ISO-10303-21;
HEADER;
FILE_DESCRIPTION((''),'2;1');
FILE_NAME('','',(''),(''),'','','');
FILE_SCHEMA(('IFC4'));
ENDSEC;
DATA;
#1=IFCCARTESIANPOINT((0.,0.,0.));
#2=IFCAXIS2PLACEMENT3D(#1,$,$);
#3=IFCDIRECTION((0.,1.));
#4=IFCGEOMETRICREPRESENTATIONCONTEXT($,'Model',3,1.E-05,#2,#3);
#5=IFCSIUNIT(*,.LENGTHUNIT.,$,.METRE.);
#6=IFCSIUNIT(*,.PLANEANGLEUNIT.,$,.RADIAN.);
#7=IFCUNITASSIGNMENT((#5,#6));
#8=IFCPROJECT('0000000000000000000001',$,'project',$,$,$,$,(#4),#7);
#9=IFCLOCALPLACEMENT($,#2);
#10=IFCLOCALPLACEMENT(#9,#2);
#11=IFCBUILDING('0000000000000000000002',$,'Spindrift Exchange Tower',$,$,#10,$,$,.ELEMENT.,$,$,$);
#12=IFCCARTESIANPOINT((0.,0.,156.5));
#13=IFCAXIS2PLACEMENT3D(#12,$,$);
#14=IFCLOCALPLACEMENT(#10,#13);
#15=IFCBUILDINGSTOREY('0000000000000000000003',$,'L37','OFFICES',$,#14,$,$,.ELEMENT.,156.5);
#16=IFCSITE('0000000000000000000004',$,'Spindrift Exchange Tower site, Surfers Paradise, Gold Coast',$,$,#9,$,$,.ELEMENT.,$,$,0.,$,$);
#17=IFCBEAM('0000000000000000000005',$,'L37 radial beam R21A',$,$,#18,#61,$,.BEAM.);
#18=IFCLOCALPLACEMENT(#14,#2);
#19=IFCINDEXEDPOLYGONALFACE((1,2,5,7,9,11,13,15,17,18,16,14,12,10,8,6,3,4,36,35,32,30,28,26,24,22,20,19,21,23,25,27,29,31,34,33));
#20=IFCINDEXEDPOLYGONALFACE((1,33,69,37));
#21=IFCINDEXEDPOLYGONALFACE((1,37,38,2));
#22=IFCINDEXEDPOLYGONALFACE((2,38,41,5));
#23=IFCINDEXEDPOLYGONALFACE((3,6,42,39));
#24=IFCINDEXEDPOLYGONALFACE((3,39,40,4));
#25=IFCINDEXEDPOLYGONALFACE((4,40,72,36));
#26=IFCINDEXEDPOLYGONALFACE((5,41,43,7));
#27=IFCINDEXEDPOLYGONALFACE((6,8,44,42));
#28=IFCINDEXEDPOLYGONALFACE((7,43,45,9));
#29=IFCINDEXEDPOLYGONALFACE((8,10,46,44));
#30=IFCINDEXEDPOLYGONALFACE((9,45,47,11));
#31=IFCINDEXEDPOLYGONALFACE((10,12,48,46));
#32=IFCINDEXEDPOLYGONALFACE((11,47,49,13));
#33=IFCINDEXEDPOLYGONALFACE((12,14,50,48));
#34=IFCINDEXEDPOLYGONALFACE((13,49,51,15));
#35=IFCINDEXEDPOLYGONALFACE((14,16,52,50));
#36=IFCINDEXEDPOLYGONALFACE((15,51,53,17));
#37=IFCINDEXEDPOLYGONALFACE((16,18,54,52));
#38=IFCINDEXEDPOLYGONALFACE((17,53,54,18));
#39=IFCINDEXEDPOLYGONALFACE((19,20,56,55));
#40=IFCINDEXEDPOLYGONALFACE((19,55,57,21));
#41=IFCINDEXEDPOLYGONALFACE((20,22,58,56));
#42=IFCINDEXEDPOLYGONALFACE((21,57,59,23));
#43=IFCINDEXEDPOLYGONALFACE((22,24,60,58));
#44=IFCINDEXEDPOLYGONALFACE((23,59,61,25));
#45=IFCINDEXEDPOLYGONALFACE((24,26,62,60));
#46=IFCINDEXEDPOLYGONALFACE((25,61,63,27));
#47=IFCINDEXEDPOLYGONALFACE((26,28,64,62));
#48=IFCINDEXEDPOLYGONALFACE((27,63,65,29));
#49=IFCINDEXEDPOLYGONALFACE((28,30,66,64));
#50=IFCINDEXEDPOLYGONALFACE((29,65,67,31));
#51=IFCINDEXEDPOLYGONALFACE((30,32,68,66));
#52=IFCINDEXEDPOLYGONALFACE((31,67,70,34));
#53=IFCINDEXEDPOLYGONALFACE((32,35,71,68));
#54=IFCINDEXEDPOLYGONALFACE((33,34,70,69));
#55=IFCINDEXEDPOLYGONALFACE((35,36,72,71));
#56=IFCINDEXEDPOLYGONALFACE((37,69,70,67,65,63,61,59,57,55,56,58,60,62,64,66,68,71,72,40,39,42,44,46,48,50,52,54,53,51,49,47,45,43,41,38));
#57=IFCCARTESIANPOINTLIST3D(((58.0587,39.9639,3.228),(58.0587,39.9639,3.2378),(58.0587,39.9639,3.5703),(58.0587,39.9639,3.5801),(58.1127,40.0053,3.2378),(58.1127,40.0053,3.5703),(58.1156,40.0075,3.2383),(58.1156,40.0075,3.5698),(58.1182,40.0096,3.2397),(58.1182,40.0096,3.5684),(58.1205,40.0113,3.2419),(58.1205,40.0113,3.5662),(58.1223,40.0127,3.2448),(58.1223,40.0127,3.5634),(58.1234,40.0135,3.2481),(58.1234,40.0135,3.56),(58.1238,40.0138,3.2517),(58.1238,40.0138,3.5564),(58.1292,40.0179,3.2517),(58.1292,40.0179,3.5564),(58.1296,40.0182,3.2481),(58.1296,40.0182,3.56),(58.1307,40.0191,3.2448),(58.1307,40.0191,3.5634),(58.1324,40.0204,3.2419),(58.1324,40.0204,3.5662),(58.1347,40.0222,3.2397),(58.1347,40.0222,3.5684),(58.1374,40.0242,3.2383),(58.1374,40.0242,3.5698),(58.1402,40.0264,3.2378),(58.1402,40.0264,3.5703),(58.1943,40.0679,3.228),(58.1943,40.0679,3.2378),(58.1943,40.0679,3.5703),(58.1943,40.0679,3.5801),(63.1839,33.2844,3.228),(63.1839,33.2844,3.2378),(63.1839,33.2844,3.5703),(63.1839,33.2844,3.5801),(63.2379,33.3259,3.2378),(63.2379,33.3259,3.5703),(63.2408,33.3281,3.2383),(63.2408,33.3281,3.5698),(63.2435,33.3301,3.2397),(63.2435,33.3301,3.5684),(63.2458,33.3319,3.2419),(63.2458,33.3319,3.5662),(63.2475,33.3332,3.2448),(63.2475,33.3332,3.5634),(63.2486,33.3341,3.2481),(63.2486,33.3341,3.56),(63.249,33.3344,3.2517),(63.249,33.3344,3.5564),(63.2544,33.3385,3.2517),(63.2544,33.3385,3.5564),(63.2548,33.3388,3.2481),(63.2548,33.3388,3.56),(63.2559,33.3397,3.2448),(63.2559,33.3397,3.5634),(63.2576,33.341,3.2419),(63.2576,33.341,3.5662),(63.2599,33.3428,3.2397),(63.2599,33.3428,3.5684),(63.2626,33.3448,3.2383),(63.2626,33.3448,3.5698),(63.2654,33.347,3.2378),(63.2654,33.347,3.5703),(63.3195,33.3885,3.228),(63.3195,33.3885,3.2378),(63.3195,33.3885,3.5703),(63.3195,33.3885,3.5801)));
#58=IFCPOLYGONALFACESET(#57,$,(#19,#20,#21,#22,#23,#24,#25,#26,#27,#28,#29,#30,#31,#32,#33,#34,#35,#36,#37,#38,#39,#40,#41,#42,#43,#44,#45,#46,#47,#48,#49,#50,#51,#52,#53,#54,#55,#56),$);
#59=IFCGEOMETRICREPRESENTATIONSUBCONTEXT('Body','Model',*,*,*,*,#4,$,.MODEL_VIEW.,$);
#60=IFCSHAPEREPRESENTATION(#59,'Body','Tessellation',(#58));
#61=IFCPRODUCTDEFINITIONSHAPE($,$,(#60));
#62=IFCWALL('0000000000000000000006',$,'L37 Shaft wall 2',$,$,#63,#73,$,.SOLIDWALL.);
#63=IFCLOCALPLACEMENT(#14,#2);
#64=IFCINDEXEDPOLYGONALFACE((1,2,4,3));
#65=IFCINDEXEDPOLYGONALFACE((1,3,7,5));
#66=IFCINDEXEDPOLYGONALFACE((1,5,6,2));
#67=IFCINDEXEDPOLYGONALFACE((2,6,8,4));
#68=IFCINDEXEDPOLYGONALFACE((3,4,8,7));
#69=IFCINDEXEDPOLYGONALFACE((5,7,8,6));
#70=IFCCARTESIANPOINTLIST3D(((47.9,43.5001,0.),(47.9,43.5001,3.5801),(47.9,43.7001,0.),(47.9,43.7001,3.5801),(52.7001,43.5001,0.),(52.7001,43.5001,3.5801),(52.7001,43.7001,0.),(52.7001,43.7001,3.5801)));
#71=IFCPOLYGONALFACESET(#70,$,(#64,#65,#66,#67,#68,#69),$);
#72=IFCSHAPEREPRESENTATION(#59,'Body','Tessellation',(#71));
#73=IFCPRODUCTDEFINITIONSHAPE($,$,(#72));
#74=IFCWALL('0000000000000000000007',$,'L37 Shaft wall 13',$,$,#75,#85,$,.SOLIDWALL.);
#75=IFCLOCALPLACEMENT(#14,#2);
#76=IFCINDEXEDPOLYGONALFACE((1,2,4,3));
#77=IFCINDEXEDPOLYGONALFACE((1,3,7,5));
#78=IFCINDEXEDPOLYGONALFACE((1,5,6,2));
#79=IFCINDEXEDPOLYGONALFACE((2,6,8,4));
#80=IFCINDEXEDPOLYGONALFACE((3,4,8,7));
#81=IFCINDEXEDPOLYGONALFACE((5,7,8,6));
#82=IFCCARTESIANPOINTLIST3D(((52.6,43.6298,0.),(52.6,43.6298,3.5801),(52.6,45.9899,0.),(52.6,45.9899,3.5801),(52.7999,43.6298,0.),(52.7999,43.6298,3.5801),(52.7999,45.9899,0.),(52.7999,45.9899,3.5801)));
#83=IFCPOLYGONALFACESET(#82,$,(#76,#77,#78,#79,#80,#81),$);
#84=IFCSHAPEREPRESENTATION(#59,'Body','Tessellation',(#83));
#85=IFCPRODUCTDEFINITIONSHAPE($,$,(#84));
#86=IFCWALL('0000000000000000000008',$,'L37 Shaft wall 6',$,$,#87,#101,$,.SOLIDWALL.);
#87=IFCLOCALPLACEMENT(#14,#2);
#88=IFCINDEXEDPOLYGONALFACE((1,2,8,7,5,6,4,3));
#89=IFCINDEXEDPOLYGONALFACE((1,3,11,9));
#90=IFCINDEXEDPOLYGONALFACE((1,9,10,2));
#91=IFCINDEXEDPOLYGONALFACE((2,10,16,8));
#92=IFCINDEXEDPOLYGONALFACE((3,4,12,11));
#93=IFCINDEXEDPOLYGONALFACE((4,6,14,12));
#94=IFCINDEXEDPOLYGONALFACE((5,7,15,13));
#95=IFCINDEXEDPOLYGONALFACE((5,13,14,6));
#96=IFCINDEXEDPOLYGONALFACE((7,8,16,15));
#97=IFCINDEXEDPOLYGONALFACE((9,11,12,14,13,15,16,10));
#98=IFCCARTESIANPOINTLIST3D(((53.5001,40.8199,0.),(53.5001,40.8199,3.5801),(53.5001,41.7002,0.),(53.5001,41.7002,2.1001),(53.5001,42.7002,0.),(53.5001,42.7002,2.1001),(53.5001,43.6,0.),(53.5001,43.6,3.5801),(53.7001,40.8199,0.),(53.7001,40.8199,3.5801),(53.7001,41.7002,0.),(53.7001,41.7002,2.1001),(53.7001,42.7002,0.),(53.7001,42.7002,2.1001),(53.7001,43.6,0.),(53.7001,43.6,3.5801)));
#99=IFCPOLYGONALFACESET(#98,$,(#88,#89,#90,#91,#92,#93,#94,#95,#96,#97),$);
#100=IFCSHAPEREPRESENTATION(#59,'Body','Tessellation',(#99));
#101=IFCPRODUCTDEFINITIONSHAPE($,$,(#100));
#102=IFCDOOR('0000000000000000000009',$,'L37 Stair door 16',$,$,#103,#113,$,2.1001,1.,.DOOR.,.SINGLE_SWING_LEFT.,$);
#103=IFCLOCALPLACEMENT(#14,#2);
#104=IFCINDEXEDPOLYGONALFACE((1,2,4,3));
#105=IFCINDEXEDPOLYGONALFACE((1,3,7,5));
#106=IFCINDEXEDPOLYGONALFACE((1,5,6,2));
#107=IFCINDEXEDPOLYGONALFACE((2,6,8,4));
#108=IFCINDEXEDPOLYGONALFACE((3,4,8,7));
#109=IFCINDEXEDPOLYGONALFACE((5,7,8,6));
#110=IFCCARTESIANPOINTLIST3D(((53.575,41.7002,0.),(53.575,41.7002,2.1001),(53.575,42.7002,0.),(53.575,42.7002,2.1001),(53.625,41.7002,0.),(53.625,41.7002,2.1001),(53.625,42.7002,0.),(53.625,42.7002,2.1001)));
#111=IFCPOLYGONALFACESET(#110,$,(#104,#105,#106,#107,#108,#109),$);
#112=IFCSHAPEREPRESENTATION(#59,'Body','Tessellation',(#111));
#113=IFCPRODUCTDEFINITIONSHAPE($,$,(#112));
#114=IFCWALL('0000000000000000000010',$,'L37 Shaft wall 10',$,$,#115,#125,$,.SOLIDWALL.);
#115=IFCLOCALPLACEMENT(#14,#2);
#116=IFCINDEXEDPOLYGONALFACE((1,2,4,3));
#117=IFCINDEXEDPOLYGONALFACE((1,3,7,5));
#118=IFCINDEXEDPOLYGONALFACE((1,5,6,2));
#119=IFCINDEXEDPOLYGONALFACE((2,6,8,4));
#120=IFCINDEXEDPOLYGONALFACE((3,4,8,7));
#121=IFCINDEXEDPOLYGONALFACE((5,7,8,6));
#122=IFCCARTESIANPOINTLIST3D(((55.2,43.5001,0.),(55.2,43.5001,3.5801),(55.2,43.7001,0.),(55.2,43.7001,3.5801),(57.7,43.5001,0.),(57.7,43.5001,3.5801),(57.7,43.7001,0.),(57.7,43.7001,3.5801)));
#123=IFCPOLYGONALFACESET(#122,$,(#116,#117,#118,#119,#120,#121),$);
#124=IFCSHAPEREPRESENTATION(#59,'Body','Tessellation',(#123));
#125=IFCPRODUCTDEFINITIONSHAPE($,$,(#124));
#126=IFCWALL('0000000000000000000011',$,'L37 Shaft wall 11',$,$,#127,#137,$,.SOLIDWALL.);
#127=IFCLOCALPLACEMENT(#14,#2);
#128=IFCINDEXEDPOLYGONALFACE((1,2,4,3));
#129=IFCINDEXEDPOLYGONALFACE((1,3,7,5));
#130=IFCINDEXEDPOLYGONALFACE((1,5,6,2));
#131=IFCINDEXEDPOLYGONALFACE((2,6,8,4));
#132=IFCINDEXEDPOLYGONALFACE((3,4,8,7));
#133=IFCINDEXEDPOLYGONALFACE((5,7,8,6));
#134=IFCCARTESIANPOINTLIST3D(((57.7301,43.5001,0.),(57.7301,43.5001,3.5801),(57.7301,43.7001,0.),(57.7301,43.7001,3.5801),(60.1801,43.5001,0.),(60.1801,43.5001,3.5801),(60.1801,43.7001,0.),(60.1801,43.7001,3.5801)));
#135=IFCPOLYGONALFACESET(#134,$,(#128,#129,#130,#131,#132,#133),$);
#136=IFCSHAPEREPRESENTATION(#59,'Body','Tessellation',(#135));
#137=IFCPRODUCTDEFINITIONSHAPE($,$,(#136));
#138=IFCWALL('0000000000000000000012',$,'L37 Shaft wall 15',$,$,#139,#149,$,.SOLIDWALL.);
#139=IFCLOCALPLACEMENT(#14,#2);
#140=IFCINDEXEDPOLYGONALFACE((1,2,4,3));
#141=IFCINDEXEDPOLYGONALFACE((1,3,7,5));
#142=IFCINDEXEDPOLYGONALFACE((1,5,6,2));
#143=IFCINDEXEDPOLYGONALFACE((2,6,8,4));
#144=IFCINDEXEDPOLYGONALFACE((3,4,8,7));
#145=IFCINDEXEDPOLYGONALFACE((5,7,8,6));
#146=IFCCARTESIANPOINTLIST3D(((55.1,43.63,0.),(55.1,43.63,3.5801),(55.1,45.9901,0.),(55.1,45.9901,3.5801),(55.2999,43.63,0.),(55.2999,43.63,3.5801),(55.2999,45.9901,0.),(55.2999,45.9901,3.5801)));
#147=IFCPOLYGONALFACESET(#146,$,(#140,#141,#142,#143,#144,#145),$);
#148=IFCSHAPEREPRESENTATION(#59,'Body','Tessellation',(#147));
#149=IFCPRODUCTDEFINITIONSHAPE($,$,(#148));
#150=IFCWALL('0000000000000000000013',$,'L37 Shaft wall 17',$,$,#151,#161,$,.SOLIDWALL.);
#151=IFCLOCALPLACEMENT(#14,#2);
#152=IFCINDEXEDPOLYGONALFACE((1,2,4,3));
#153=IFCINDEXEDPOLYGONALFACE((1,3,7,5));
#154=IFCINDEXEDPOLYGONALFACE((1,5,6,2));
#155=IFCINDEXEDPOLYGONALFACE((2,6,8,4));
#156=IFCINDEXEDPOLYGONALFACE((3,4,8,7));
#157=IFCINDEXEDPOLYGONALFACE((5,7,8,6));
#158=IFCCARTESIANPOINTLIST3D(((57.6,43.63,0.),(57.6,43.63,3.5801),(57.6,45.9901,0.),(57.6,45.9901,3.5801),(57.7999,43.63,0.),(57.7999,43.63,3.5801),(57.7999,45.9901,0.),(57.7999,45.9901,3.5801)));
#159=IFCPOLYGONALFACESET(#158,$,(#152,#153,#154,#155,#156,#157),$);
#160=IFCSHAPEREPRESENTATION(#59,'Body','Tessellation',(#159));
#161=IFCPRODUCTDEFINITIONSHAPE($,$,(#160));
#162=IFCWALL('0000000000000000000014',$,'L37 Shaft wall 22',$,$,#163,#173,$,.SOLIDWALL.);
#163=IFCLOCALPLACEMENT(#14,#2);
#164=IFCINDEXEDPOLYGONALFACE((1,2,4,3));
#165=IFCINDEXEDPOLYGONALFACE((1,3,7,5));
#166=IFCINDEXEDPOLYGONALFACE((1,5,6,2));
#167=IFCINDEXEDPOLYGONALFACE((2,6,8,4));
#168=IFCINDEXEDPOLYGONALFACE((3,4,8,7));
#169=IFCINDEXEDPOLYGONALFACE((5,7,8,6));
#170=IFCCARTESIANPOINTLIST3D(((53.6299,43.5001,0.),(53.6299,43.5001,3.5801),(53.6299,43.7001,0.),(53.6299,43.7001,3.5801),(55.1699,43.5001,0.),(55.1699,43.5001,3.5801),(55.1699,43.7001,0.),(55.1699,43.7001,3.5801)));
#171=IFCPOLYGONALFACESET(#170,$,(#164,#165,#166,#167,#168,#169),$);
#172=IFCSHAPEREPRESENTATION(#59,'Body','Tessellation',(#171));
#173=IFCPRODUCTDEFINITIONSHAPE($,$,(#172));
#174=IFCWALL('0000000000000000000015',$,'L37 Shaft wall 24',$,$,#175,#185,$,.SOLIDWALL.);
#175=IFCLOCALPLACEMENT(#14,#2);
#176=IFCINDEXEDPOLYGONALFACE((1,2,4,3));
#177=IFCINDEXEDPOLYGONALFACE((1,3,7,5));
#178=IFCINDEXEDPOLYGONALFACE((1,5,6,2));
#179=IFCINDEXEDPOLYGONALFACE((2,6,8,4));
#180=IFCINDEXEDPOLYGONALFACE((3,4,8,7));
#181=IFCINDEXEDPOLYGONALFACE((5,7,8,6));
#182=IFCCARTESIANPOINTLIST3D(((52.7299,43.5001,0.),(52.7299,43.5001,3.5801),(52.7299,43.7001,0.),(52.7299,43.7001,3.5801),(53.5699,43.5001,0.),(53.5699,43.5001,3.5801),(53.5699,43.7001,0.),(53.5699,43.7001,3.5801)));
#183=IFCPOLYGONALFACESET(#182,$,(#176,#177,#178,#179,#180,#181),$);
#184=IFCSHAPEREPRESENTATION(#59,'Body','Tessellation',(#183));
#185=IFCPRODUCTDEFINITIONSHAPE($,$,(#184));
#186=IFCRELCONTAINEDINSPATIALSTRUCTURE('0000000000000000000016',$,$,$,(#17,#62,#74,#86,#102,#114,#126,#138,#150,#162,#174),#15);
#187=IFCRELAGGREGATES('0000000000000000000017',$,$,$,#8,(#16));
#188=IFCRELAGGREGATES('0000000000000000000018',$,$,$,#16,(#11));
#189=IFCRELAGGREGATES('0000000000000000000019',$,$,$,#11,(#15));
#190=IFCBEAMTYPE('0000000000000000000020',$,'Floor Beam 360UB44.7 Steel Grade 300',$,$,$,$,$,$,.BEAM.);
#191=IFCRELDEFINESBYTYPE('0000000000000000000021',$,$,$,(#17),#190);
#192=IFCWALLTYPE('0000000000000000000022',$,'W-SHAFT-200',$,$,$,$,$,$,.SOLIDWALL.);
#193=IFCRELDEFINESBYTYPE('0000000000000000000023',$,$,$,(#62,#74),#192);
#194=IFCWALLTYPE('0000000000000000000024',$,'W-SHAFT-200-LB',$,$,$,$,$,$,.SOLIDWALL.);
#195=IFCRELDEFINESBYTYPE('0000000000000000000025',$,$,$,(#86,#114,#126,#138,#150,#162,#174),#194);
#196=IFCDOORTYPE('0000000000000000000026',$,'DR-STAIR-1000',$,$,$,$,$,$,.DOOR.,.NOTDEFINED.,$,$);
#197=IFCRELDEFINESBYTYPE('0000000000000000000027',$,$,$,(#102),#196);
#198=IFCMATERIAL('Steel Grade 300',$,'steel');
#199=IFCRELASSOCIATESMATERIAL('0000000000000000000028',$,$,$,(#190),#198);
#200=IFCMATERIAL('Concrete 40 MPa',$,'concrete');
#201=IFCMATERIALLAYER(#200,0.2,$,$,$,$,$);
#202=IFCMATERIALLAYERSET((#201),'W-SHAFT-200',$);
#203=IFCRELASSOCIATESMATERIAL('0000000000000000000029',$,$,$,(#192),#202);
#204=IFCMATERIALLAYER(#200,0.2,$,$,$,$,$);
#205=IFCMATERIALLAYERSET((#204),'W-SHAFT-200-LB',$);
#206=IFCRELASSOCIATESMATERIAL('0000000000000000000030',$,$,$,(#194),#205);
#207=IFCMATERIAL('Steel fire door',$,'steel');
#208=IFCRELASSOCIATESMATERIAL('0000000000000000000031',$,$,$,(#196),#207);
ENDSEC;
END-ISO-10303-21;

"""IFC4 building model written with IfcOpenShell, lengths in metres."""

from ifc_helpers import new_model, si_unit, direction, frame, frame_2d, origin, origin_2d, place, context, subcontext, project, spatial, rectangle, i_section, extrude, source, transform, mapped, material, layer, layer_set, material_profile, profile_set, type_object, element, fill, save


model = new_model("IFC4")

# Units and contexts
model_context = context("Model", 3, precision=1e-05, world=origin(), true_north=direction((0.0, 1.0)))
body_context = subcontext(model_context, "Body", "Model", "MODEL_VIEW")
ifc_project = project(units=[si_unit("LENGTHUNIT", "METRE"), si_unit("PLANEANGLEUNIT", "RADIAN")], contexts=[model_context])

# Site, building, storey
site_placement = place(None, origin())
site = spatial("IfcSite", under=ifc_project, at=site_placement, Name="Spindrift Exchange Tower site, Surfers Paradise, Gold Coast", CompositionType="ELEMENT", RefElevation=0.0)
building_placement = place(site_placement, origin())
building = spatial("IfcBuilding", under=site, at=building_placement, Name="Spindrift Exchange Tower", CompositionType="ELEMENT")
storey_placement = place(building_placement, frame((0.0, 0.0, 156.5)))
storey = spatial("IfcBuildingStorey", under=building, at=storey_placement, Name="L37", Description="OFFICES", CompositionType="ELEMENT", Elevation=156.5)

# Beam
ifc_material_1 = material(Name="Steel Grade 300", Category="steel")
ifc_material_profile_1 = material_profile(ifc_material_1, i_section(OverallWidth=0.1709, OverallDepth=0.3521, WebThickness=0.0068, FlangeThickness=0.0098, FilletRadius=0.0139, at=origin_2d()), Name="360UB44.7")
ifc_profile_set_1 = profile_set([ifc_material_profile_1], Name="Steel Grade 300")
beam_type_1 = type_object("IfcBeamType", Name="Floor Beam 360UB44.7 Steel Grade 300", PredefinedType="BEAM", material=ifc_profile_set_1)
shared_shape_1 = source(origin(), body_context, "Body", "SweptSolid", [
    extrude(i_section(OverallWidth=0.1709, OverallDepth=0.3521, WebThickness=0.0068, FlangeThickness=0.0098, FilletRadius=0.0139, at=origin_2d()), origin(), (0.0, 0.0, 1.0), 8.4192),
])
beam_1_placement = place(storey_placement, frame((58.1265, 40.0159, 3.4041), z_axis=(0.608756, -0.793358, 0.0), x_axis=(0.793358, 0.608756, 0.0)))
element("IfcBeam", 1, at=beam_1_placement, inside=storey, type_object=beam_type_1, Name="L37 radial beam R21A", PredefinedType="BEAM", context=body_context, shape_type="MappedRepresentation", body=[
    mapped(shared_shape_1, transform((0.0, 0.0, 0.0), scale=1.0)),
])

# Walls
ifc_material_2 = material(Name="Concrete 40 MPa", Category="concrete")
ifc_layer_1 = layer(ifc_material_2, 0.2)
ifc_layer_set_1 = layer_set([ifc_layer_1], Name="W-SHAFT-200")
wall_type_1 = type_object("IfcWallType", Name="W-SHAFT-200", PredefinedType="SOLIDWALL", material=ifc_layer_set_1)
wall_1_placement = place(storey_placement, frame((52.7, 43.6001, 0.0), z_axis=(0.0, 0.0, 1.0), x_axis=(-1.0, 0.0, 0.0)))
element("IfcWall", 2, at=wall_1_placement, inside=storey, type_object=wall_type_1, Name="L37 Shaft wall 2", PredefinedType="SOLIDWALL", context=body_context, shape_type="SweptSolid", body=[
    extrude(rectangle(XDim=4.8, YDim=0.2, at=frame_2d((2.3999, 0.0))), origin(), (0.0, 0.0, 1.0), 3.5801),
])
wall_2_placement = place(storey_placement, frame((52.7, 45.99, 0.0), z_axis=(0.0, 0.0, 1.0), x_axis=(0.0, -1.0, 0.0)))
element("IfcWall", 3, at=wall_2_placement, inside=storey, type_object=wall_type_1, Name="L37 Shaft wall 13", PredefinedType="SOLIDWALL", context=body_context, shape_type="SweptSolid", body=[
    extrude(rectangle(XDim=2.3601, YDim=0.2, at=frame_2d((1.1802, 0.0))), origin(), (0.0, 0.0, 1.0), 3.5801),
])

# Wall, opening, door
ifc_layer_2 = layer(ifc_material_2, 0.2)
ifc_layer_set_2 = layer_set([ifc_layer_2], Name="W-SHAFT-200-LB")
wall_type_2 = type_object("IfcWallType", Name="W-SHAFT-200-LB", PredefinedType="SOLIDWALL", material=ifc_layer_set_2)
wall_3_placement = place(storey_placement, frame((53.6001, 43.6001, 0.0), z_axis=(0.0, 0.0, 1.0), x_axis=(0.0, -1.0, 0.0)))
wall_3 = element("IfcWall", 4, at=wall_3_placement, inside=storey, type_object=wall_type_2, Name="L37 Shaft wall 6", PredefinedType="SOLIDWALL", context=body_context, shape_type="SweptSolid", body=[
    extrude(rectangle(XDim=2.78, YDim=0.2, at=frame_2d((1.3901, 0.0))), origin(), (0.0, 0.0, 1.0), 3.5801),
])
opening_placement = place(wall_3_placement, frame((0.8999, 0.0, 0.0)))
opening = element("IfcOpeningElement", 5, at=opening_placement, cuts=wall_3, PredefinedType="OPENING", context=body_context, shape_type="SweptSolid", body=[
    extrude(rectangle(XDim=1.0, YDim=2.1001, at=frame_2d((0.5, 1.05))), frame((0.0, 0.1099, 0.0), z_axis=(0.0, -1.0, 0.0), x_axis=(1.0, 0.0, 0.0)), (0.0, 0.0, 1.0), 0.22),
])
ifc_material_3 = material(Name="Steel fire door", Category="steel")
door_type = type_object("IfcDoorType", Name="DR-STAIR-1000", OperationType="NOTDEFINED", PredefinedType="DOOR", material=ifc_material_3)
shared_shape_2 = source(origin(), body_context, "Body", "SweptSolid", [
    extrude(rectangle(XDim=1.0, YDim=2.1001, at=frame_2d((0.5, 1.05))), frame((0.0, 0.0249, 0.0), z_axis=(0.0, -1.0, 0.0), x_axis=(1.0, 0.0, 0.0)), (0.0, 0.0, 1.0), 0.05),
])
door_placement = place(opening_placement, origin())
door = element("IfcDoor", 6, at=door_placement, inside=storey, type_object=door_type, Name="L37 Stair door 16", OperationType="SINGLE_SWING_LEFT", OverallHeight=2.1001, OverallWidth=1.0, PredefinedType="DOOR", context=body_context, shape_type="MappedRepresentation", body=[
    mapped(shared_shape_2, transform((0.0, 0.0, 0.0), scale=1.0)),
])
fill(opening, door)

# Walls
wall_4_placement = place(storey_placement, frame((55.2, 43.6001, 0.0), z_axis=(0.0, 0.0, 1.0), x_axis=(1.0, 0.0, 0.0)))
element("IfcWall", 7, at=wall_4_placement, inside=storey, type_object=wall_type_2, Name="L37 Shaft wall 10", PredefinedType="SOLIDWALL", context=body_context, shape_type="SweptSolid", body=[
    extrude(rectangle(XDim=2.5, YDim=0.2, at=frame_2d((1.25, 0.0))), origin(), (0.0, 0.0, 1.0), 3.5801),
])
wall_5_placement = place(storey_placement, frame((57.73, 43.6001, 0.0), z_axis=(0.0, 0.0, 1.0), x_axis=(1.0, 0.0, 0.0)))
element("IfcWall", 8, at=wall_5_placement, inside=storey, type_object=wall_type_2, Name="L37 Shaft wall 11", PredefinedType="SOLIDWALL", context=body_context, shape_type="SweptSolid", body=[
    extrude(rectangle(XDim=2.45, YDim=0.2, at=frame_2d((1.2251, 0.0))), origin(), (0.0, 0.0, 1.0), 3.5801),
])
for number, where, z_axis, x_axis, name in (
    (9, (55.2, 43.6299, 0.0), (0.0, 0.0, 1.0), (0.0, 1.0, 0.0), "L37 Shaft wall 15"),
    (10, (57.7, 43.6299, 0.0), (0.0, 0.0, 1.0), (0.0, 1.0, 0.0), "L37 Shaft wall 17"),
):
    element("IfcWall", number, at=place(storey_placement, frame(where, z_axis=z_axis, x_axis=x_axis)), inside=storey, type_object=wall_type_2, Name=name, PredefinedType="SOLIDWALL", context=body_context, shape_type="SweptSolid", body=[
        extrude(rectangle(XDim=2.3601, YDim=0.2, at=frame_2d((1.1802, 0.0))), origin(), (0.0, 0.0, 1.0), 3.5801),
    ])
wall_6_placement = place(storey_placement, frame((53.6299, 43.6001, 0.0), z_axis=(0.0, 0.0, 1.0), x_axis=(1.0, 0.0, 0.0)))
element("IfcWall", 11, at=wall_6_placement, inside=storey, type_object=wall_type_2, Name="L37 Shaft wall 22", PredefinedType="SOLIDWALL", context=body_context, shape_type="SweptSolid", body=[
    extrude(rectangle(XDim=1.54, YDim=0.2, at=frame_2d((0.77, 0.0))), origin(), (0.0, 0.0, 1.0), 3.5801),
])
wall_7_placement = place(storey_placement, frame((52.73, 43.6001, 0.0), z_axis=(0.0, 0.0, 1.0), x_axis=(1.0, 0.0, 0.0)))
element("IfcWall", 12, at=wall_7_placement, inside=storey, type_object=wall_type_2, Name="L37 Shaft wall 24", PredefinedType="SOLIDWALL", context=body_context, shape_type="SweptSolid", body=[
    extrude(rectangle(XDim=0.8401, YDim=0.2, at=frame_2d((0.4199, 0.0))), origin(), (0.0, 0.0, 1.0), 3.5801),
])

save(model, "model.ifc")
